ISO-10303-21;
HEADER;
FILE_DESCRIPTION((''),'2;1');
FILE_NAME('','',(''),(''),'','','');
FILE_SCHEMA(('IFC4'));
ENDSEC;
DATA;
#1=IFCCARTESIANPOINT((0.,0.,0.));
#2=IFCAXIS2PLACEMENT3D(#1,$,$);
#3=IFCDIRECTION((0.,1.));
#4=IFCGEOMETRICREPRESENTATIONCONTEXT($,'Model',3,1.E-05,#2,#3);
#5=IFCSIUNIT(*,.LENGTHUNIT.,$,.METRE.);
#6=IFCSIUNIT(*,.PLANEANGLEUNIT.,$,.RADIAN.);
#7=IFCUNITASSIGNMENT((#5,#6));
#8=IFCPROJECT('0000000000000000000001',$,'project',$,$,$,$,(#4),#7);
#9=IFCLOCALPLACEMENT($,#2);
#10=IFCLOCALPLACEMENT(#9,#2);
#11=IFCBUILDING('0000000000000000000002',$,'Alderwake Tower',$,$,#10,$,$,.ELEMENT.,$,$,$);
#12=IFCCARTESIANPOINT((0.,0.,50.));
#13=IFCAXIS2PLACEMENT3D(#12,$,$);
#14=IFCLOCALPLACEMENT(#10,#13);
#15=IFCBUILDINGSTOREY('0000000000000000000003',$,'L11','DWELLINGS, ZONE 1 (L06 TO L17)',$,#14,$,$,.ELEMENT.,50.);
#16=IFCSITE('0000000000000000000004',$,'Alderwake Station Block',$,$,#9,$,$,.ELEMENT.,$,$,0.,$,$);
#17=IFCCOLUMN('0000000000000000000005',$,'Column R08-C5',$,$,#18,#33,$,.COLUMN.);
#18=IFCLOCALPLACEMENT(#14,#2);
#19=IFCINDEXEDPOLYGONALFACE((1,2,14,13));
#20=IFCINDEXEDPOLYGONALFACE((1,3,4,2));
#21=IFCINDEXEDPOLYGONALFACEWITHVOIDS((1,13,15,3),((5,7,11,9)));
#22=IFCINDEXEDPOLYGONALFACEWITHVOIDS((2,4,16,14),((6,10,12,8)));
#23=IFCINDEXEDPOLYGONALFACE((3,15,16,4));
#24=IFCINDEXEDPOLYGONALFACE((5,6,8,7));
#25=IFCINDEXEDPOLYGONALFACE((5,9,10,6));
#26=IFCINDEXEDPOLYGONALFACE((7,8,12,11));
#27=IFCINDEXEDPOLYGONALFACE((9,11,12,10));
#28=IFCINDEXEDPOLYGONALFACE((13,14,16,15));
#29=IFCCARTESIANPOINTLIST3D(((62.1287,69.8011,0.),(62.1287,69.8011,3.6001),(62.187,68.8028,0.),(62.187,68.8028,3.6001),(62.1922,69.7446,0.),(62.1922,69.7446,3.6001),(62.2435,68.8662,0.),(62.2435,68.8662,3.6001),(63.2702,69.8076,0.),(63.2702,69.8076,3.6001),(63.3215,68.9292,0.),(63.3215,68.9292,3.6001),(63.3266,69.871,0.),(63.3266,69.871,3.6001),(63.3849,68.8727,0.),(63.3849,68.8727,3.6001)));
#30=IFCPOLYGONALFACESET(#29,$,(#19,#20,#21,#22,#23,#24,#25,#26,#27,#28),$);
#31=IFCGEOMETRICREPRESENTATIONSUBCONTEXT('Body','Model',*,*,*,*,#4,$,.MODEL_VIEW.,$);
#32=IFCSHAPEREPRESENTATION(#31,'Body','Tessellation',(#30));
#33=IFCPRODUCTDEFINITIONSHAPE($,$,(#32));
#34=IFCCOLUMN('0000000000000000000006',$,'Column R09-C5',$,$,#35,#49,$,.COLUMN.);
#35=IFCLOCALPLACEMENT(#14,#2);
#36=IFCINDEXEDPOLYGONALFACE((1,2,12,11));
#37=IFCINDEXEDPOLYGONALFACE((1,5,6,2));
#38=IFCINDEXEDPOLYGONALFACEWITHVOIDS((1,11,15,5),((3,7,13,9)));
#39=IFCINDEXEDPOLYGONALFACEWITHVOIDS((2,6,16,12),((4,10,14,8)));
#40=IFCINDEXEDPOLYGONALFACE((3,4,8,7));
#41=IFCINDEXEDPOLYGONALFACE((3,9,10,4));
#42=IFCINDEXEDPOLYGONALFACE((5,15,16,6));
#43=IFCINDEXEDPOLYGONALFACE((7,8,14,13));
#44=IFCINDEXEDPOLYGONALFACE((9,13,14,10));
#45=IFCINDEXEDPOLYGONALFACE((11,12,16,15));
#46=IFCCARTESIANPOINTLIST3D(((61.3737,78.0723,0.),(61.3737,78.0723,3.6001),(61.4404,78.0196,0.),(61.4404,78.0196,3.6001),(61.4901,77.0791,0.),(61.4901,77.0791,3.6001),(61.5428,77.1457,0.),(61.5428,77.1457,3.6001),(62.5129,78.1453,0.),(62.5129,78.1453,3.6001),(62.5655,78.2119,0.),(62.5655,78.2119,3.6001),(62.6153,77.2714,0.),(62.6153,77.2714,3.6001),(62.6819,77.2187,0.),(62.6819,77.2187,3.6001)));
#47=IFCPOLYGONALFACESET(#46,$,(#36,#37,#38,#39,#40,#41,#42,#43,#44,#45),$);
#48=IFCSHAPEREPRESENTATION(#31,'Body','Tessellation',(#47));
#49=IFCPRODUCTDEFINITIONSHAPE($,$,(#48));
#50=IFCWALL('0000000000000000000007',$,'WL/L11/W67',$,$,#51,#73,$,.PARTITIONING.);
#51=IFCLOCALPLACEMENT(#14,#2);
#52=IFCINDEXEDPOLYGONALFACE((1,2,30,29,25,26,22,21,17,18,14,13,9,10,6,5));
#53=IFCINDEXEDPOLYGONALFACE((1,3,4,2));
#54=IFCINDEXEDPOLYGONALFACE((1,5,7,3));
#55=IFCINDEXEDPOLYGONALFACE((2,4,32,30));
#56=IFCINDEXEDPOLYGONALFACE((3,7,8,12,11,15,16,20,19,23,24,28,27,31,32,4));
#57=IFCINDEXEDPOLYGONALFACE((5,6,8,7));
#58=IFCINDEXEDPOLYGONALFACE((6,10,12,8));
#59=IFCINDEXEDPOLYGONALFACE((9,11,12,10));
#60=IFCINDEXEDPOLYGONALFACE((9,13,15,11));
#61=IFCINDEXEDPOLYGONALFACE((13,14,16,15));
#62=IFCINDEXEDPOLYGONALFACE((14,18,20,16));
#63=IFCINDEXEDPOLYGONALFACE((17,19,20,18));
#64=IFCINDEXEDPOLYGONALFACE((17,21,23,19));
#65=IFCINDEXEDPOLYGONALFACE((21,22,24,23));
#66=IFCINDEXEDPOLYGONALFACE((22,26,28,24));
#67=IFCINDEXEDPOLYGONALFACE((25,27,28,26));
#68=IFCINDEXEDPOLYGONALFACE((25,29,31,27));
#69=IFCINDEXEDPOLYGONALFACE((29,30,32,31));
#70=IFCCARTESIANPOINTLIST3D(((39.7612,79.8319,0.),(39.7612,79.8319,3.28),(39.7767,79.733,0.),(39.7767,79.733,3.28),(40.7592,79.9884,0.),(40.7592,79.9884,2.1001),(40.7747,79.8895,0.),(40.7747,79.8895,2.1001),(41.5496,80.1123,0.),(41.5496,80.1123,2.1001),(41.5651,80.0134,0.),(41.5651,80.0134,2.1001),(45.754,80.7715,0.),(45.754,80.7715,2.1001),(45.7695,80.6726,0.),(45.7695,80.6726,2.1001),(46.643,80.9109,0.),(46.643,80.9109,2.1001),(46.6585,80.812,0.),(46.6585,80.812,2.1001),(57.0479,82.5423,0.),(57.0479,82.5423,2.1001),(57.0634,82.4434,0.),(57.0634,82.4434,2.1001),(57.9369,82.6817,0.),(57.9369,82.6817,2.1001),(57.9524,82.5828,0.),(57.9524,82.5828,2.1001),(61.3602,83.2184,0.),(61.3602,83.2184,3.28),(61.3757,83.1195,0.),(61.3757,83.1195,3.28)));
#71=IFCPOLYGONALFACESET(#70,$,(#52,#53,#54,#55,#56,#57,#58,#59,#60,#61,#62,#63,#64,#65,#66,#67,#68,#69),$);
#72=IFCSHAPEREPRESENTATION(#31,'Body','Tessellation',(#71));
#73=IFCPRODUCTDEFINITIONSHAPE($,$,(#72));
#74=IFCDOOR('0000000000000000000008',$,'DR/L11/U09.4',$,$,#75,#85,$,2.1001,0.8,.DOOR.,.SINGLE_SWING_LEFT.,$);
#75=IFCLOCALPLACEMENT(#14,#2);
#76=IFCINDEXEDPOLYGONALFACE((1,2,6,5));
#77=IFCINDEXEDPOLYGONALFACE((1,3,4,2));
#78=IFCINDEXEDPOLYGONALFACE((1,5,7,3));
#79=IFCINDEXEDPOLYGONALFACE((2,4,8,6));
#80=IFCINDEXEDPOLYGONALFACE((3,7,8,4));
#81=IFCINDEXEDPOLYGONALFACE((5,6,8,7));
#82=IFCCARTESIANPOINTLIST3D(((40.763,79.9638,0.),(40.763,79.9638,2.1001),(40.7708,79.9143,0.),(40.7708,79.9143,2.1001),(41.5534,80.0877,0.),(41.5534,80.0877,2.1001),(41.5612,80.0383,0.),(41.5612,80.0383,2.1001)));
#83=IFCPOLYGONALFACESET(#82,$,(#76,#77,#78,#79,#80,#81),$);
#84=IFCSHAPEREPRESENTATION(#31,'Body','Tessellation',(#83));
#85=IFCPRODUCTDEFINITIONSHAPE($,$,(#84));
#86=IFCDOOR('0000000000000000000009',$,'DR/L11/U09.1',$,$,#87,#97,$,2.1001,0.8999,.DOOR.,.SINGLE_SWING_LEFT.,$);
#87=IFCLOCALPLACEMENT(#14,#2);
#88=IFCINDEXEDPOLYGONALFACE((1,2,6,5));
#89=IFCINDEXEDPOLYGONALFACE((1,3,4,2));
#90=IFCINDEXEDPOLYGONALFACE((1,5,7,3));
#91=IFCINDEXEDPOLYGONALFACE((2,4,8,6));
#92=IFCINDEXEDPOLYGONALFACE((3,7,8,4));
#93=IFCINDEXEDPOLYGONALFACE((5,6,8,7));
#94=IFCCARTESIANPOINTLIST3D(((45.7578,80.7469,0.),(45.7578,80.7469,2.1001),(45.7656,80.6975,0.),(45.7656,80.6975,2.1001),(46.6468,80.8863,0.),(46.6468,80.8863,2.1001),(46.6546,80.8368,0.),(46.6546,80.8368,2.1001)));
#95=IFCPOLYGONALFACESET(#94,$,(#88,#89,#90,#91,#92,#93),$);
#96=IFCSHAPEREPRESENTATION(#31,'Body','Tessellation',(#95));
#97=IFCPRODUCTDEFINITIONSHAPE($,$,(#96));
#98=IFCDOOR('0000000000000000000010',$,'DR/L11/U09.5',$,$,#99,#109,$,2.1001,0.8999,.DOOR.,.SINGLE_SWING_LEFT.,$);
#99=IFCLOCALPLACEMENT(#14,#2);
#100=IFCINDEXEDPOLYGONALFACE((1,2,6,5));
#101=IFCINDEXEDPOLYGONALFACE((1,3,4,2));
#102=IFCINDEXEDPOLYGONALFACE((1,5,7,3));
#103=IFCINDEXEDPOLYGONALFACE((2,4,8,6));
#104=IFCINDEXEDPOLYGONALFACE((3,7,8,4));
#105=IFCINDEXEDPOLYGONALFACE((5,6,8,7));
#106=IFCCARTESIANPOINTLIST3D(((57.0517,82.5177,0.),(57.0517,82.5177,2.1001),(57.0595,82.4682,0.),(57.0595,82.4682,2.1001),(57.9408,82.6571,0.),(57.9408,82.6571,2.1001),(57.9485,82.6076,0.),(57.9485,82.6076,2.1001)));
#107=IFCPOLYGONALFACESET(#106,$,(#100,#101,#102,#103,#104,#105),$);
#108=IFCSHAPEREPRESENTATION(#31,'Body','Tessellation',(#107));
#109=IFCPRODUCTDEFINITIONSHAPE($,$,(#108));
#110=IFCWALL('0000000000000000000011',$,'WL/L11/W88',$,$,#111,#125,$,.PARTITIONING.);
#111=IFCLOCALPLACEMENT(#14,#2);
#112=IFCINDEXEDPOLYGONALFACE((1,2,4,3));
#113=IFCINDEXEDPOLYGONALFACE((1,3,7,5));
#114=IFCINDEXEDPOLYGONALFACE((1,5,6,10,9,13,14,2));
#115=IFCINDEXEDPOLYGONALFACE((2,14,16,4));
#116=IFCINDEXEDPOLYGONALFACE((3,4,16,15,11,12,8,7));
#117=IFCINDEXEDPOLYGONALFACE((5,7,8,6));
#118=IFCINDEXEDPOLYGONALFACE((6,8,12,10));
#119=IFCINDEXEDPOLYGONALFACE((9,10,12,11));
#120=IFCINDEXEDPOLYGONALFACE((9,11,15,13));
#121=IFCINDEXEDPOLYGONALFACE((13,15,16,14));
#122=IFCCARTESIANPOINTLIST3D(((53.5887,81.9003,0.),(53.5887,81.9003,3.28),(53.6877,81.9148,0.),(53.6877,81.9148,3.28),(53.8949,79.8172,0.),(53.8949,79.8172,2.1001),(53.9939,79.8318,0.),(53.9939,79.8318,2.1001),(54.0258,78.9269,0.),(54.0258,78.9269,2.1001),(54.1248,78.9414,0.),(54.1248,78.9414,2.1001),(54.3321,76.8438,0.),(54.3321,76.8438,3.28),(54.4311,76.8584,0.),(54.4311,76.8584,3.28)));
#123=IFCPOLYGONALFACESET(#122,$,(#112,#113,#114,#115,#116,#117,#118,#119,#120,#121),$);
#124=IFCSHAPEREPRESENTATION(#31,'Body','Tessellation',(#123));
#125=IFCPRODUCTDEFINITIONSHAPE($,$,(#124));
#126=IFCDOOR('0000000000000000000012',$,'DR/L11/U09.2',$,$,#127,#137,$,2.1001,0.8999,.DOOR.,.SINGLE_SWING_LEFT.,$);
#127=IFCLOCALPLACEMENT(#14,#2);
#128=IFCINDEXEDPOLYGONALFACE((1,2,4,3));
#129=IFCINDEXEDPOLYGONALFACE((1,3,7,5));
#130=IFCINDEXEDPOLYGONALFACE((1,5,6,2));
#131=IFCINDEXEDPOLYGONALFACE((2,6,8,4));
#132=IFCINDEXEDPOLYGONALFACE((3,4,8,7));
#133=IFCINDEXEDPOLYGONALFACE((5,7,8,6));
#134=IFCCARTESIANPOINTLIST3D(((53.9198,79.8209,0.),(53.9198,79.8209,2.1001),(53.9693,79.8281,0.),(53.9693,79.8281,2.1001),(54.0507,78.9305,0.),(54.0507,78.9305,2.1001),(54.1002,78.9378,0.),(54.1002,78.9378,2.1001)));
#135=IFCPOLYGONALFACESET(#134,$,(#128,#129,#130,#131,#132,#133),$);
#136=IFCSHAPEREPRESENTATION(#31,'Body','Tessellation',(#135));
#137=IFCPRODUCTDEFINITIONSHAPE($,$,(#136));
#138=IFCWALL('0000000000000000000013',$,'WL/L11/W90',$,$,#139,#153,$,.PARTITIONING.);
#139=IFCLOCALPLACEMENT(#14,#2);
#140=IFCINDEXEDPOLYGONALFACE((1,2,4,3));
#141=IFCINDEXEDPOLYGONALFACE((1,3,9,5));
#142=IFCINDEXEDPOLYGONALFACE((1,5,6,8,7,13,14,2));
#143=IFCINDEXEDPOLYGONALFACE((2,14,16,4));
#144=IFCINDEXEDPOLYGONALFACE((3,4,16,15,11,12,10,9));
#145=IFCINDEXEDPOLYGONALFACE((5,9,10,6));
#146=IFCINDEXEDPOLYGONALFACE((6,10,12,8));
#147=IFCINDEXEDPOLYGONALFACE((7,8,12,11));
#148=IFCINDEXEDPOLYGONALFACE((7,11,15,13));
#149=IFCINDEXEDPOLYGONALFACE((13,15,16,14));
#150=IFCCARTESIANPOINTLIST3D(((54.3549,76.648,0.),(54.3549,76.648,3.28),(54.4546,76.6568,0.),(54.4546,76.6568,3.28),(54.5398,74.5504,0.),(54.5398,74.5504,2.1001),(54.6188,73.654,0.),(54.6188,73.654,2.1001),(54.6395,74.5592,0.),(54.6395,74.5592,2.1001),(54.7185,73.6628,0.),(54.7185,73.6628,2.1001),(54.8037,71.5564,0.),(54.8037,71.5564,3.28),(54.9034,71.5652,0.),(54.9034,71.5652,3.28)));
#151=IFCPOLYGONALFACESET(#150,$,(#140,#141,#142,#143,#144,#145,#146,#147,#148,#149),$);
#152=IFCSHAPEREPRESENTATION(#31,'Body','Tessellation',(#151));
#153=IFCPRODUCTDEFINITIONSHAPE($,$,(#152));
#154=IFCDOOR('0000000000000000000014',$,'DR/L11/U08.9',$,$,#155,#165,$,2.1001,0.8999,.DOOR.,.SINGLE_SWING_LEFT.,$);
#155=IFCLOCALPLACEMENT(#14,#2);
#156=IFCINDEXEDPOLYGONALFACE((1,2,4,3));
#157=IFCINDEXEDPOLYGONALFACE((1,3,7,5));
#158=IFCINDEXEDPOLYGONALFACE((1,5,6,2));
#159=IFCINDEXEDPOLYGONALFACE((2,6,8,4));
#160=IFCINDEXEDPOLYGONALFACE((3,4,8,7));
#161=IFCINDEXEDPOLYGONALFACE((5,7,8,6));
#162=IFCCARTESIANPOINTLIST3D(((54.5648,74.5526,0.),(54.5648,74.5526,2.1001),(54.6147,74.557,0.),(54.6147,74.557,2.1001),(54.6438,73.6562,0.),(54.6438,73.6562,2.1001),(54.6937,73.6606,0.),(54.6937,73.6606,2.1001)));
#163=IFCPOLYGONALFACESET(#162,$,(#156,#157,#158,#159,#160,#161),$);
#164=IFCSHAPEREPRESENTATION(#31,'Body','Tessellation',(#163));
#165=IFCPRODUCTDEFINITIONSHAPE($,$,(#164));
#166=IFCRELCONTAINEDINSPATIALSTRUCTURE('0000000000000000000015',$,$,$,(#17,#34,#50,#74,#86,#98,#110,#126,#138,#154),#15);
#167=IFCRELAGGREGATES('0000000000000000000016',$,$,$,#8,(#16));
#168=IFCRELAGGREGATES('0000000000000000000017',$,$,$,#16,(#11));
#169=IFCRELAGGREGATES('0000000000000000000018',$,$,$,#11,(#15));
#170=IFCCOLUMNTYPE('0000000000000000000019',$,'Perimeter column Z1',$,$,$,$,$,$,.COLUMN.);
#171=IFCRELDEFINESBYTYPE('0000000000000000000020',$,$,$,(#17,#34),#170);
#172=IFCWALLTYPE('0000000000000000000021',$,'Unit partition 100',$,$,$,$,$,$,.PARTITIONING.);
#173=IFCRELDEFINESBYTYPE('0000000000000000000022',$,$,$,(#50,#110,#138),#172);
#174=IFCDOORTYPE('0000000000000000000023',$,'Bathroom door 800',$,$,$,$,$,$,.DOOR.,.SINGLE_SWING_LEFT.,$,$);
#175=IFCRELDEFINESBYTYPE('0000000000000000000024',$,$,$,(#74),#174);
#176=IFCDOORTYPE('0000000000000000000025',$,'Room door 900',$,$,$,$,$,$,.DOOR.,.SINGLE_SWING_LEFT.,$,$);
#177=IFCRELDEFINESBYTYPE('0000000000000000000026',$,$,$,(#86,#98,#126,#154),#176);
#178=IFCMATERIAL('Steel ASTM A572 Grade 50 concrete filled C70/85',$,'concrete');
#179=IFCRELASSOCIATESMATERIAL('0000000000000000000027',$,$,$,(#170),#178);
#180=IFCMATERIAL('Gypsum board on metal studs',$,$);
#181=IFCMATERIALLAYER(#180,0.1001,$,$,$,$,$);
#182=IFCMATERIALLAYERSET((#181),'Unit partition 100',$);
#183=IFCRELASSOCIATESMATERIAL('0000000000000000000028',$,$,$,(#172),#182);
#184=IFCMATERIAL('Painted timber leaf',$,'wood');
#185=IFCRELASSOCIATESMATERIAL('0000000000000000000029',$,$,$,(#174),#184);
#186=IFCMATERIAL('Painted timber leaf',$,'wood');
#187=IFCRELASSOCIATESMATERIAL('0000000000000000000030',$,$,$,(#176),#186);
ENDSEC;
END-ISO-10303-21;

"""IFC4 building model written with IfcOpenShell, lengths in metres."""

from ifc_helpers import new_model, si_unit, direction, frame, frame_2d, origin, origin_2d, place, context, subcontext, project, spatial, rectangle, hollow_rectangle, extrude, material, layer, layer_set, material_profile, profile_set, type_object, element, fill, save


model = new_model("IFC4")

# Units and contexts
model_context = context("Model", 3, precision=1e-05, world=origin(), true_north=direction((0.0, 1.0)))
body_context = subcontext(model_context, "Body", "Model", "MODEL_VIEW")
ifc_project = project(units=[si_unit("LENGTHUNIT", "METRE"), si_unit("PLANEANGLEUNIT", "RADIAN")], contexts=[model_context])

# Site, building, storey
site_placement = place(None, origin())
site = spatial("IfcSite", under=ifc_project, at=site_placement, Name="Alderwake Station Block", CompositionType="ELEMENT", RefElevation=0.0)
building_placement = place(site_placement, origin())
building = spatial("IfcBuilding", under=site, at=building_placement, Name="Alderwake Tower", CompositionType="ELEMENT")
storey_placement = place(building_placement, frame((0.0, 0.0, 50.0)))
storey = spatial("IfcBuildingStorey", under=building, at=storey_placement, Name="L11", Description="DWELLINGS, ZONE 1 (L06 TO L17)", CompositionType="ELEMENT", Elevation=50.0)

# Columns
ifc_material_1 = material(Name="Steel ASTM A572 Grade 50 concrete filled C70/85", Category="concrete")
ifc_material_profile = material_profile(ifc_material_1, hollow_rectangle(XDim=1.0, YDim=1.2, WallThickness=0.0601, at=origin_2d()), Name="BOX 1200X1000X60")
ifc_profile_set = profile_set([ifc_material_profile], Name="Steel ASTM A572 Grade 50 concrete filled C70/85")
column_type = type_object("IfcColumnType", Name="Perimeter column Z1", PredefinedType="COLUMN", material=ifc_profile_set)
for number, where, z_axis, x_axis, name in (
    (1, (62.7568, 69.3369, 0.0), (0.0, 0.0, 1.0), (-0.058299, 0.998299, 0.0), "Column R08-C5"),
    (2, (62.0278, 77.6455, 0.0), (0.0, 0.0, 1.0), (-0.116402, 0.993202, 0.0), "Column R09-C5"),
):
    element("IfcColumn", number, at=place(storey_placement, frame(where, z_axis=z_axis, x_axis=x_axis)), inside=storey, type_object=column_type, Name=name, PredefinedType="COLUMN", context=body_context, shape_type="SweptSolid", body=[
        extrude(hollow_rectangle(XDim=1.0, YDim=1.2, WallThickness=0.0601, at=origin_2d()), origin(), (0.0, 0.0, 1.0), 3.6001),
    ])

# Wall, openings, doors
ifc_material_2 = material(Name="Gypsum board on metal studs")
ifc_layer_1 = layer(ifc_material_2, 0.1001)
ifc_layer_set_1 = layer_set([ifc_layer_1], Name="Unit partition 100")
wall_type_1 = type_object("IfcWallType", Name="Unit partition 100", PredefinedType="PARTITIONING", material=ifc_layer_set_1)
wall_1_placement = place(storey_placement, frame((61.3679, 83.1689, 0.0), z_axis=(0.0, 0.0, 1.0), x_axis=(-0.987931, -0.154897, 0.0)))
wall_1 = element("IfcWall", 3, at=wall_1_placement, inside=storey, type_object=wall_type_1, Name="WL/L11/W67", PredefinedType="PARTITIONING", context=body_context, shape_type="SweptSolid", body=[
    extrude(rectangle(XDim=21.8628, YDim=0.1001, at=frame_2d((10.9314, 0.0))), origin(), (0.0, 0.0, 1.0), 3.28),
])
opening_1_placement = place(wall_1_placement, frame((14.897, 0.0, 0.0)))
opening_1 = element("IfcOpeningElement", 4, at=opening_1_placement, cuts=wall_1, PredefinedType="OPENING", context=body_context, shape_type="SweptSolid", body=[
    extrude(rectangle(XDim=0.8999, YDim=2.1001, at=frame_2d((0.45, 1.05))), frame((0.0, 0.0601, 0.0), z_axis=(0.0, -1.0, 0.0), x_axis=(1.0, 0.0, 0.0)), (0.0, 0.0, 1.0), 0.1201),
])
opening_2_placement = place(wall_1_placement, frame((20.0527, 0.0, 0.0)))
opening_2 = element("IfcOpeningElement", 5, at=opening_2_placement, cuts=wall_1, PredefinedType="OPENING", context=body_context, shape_type="SweptSolid", body=[
    extrude(rectangle(XDim=0.8, YDim=2.1001, at=frame_2d((0.3999, 1.05))), frame((0.0, 0.0601, 0.0), z_axis=(0.0, -1.0, 0.0), x_axis=(1.0, 0.0, 0.0)), (0.0, 0.0, 1.0), 0.1201),
])
opening_3_placement = place(wall_1_placement, frame((3.4651, 0.0, 0.0)))
opening_3 = element("IfcOpeningElement", 6, at=opening_3_placement, cuts=wall_1, PredefinedType="OPENING", context=body_context, shape_type="SweptSolid", body=[
    extrude(rectangle(XDim=0.8999, YDim=2.1001, at=frame_2d((0.45, 1.05))), frame((0.0, 0.0601, 0.0), z_axis=(0.0, -1.0, 0.0), x_axis=(1.0, 0.0, 0.0)), (0.0, 0.0, 1.0), 0.1201),
])
ifc_material_3 = material(Name="Painted timber leaf", Category="wood")
door_type_1 = type_object("IfcDoorType", Name="Bathroom door 800", OperationType="SINGLE_SWING_LEFT", PredefinedType="DOOR", material=ifc_material_3)
door_1_placement = place(opening_2_placement, origin())
door_1 = element("IfcDoor", 7, at=door_1_placement, inside=storey, type_object=door_type_1, Name="DR/L11/U09.4", OperationType="SINGLE_SWING_LEFT", OverallHeight=2.1001, OverallWidth=0.8, PredefinedType="DOOR", context=body_context, shape_type="SweptSolid", body=[
    extrude(rectangle(XDim=0.8, YDim=2.1001, at=frame_2d((0.3999, 1.05))), frame((0.0, 0.0249, 0.0), z_axis=(0.0, -1.0, 0.0), x_axis=(1.0, 0.0, 0.0)), (0.0, 0.0, 1.0), 0.05),
])
fill(opening_2, door_1)
ifc_material_4 = material(Name="Painted timber leaf", Category="wood")
door_type_2 = type_object("IfcDoorType", Name="Room door 900", OperationType="SINGLE_SWING_LEFT", PredefinedType="DOOR", material=ifc_material_4)
door_2_placement = place(opening_1_placement, origin())
door_2 = element("IfcDoor", 8, at=door_2_placement, inside=storey, type_object=door_type_2, Name="DR/L11/U09.1", OperationType="SINGLE_SWING_LEFT", OverallHeight=2.1001, OverallWidth=0.8999, PredefinedType="DOOR", context=body_context, shape_type="SweptSolid", body=[
    extrude(rectangle(XDim=0.8999, YDim=2.1001, at=frame_2d((0.45, 1.05))), frame((0.0, 0.0249, 0.0), z_axis=(0.0, -1.0, 0.0), x_axis=(1.0, 0.0, 0.0)), (0.0, 0.0, 1.0), 0.05),
])
fill(opening_1, door_2)
door_3_placement = place(opening_3_placement, origin())
door_3 = element("IfcDoor", 9, at=door_3_placement, inside=storey, type_object=door_type_2, Name="DR/L11/U09.5", OperationType="SINGLE_SWING_LEFT", OverallHeight=2.1001, OverallWidth=0.8999, PredefinedType="DOOR", context=body_context, shape_type="SweptSolid", body=[
    extrude(rectangle(XDim=0.8999, YDim=2.1001, at=frame_2d((0.45, 1.05))), frame((0.0, 0.0249, 0.0), z_axis=(0.0, -1.0, 0.0), x_axis=(1.0, 0.0, 0.0)), (0.0, 0.0, 1.0), 0.05),
])
fill(opening_3, door_3)

# Walls, openings, doors
wall_2_placement = place(storey_placement, frame((54.3816, 76.8511, 0.0), z_axis=(0.0, 0.0, 1.0), x_axis=(-0.14546, 0.989364, 0.0)))
wall_2 = element("IfcWall", 10, at=wall_2_placement, inside=storey, type_object=wall_type_1, Name="WL/L11/W88", PredefinedType="PARTITIONING", context=body_context, shape_type="SweptSolid", body=[
    extrude(rectangle(XDim=5.1108, YDim=0.1001, at=frame_2d((2.5554, 0.0))), origin(), (0.0, 0.0, 1.0), 3.28),
])
opening_4_placement = place(wall_2_placement, frame((2.1055, 0.0, 0.0)))
opening_4 = element("IfcOpeningElement", 11, at=opening_4_placement, cuts=wall_2, PredefinedType="OPENING", context=body_context, shape_type="SweptSolid", body=[
    extrude(rectangle(XDim=0.8999, YDim=2.1001, at=frame_2d((0.45, 1.05))), frame((0.0, 0.0601, 0.0), z_axis=(0.0, -1.0, 0.0), x_axis=(1.0, 0.0, 0.0)), (0.0, 0.0, 1.0), 0.1201),
])
door_4_placement = place(opening_4_placement, origin())
door_4 = element("IfcDoor", 12, at=door_4_placement, inside=storey, type_object=door_type_2, Name="DR/L11/U09.2", OperationType="SINGLE_SWING_LEFT", OverallHeight=2.1001, OverallWidth=0.8999, PredefinedType="DOOR", context=body_context, shape_type="SweptSolid", body=[
    extrude(rectangle(XDim=0.8999, YDim=2.1001, at=frame_2d((0.45, 1.05))), frame((0.0, 0.0249, 0.0), z_axis=(0.0, -1.0, 0.0), x_axis=(1.0, 0.0, 0.0)), (0.0, 0.0, 1.0), 0.05),
])
fill(opening_4, door_4)
wall_3_placement = place(storey_placement, frame((54.8535, 71.5608, 0.0), z_axis=(0.0, 0.0, 1.0), x_axis=(-0.087792, 0.996139, 0.0)))
wall_3 = element("IfcWall", 13, at=wall_3_placement, inside=storey, type_object=wall_type_1, Name="WL/L11/W90", PredefinedType="PARTITIONING", context=body_context, shape_type="SweptSolid", body=[
    extrude(rectangle(XDim=5.1113, YDim=0.1001, at=frame_2d((2.5557, 0.0))), origin(), (0.0, 0.0, 1.0), 3.28),
])
opening_5_placement = place(wall_3_placement, frame((2.1057, 0.0, 0.0)))
opening_5 = element("IfcOpeningElement", 14, at=opening_5_placement, cuts=wall_3, PredefinedType="OPENING", context=body_context, shape_type="SweptSolid", body=[
    extrude(rectangle(XDim=0.8999, YDim=2.1001, at=frame_2d((0.45, 1.05))), frame((0.0, 0.0601, 0.0), z_axis=(0.0, -1.0, 0.0), x_axis=(1.0, 0.0, 0.0)), (0.0, 0.0, 1.0), 0.1201),
])
door_5_placement = place(opening_5_placement, origin())
door_5 = element("IfcDoor", 15, at=door_5_placement, inside=storey, type_object=door_type_2, Name="DR/L11/U08.9", OperationType="SINGLE_SWING_LEFT", OverallHeight=2.1001, OverallWidth=0.8999, PredefinedType="DOOR", context=body_context, shape_type="SweptSolid", body=[
    extrude(rectangle(XDim=0.8999, YDim=2.1001, at=frame_2d((0.45, 1.05))), frame((0.0, 0.0249, 0.0), z_axis=(0.0, -1.0, 0.0), x_axis=(1.0, 0.0, 0.0)), (0.0, 0.0, 1.0), 0.05),
])
fill(opening_5, door_5)

save(model, "model.ifc")
